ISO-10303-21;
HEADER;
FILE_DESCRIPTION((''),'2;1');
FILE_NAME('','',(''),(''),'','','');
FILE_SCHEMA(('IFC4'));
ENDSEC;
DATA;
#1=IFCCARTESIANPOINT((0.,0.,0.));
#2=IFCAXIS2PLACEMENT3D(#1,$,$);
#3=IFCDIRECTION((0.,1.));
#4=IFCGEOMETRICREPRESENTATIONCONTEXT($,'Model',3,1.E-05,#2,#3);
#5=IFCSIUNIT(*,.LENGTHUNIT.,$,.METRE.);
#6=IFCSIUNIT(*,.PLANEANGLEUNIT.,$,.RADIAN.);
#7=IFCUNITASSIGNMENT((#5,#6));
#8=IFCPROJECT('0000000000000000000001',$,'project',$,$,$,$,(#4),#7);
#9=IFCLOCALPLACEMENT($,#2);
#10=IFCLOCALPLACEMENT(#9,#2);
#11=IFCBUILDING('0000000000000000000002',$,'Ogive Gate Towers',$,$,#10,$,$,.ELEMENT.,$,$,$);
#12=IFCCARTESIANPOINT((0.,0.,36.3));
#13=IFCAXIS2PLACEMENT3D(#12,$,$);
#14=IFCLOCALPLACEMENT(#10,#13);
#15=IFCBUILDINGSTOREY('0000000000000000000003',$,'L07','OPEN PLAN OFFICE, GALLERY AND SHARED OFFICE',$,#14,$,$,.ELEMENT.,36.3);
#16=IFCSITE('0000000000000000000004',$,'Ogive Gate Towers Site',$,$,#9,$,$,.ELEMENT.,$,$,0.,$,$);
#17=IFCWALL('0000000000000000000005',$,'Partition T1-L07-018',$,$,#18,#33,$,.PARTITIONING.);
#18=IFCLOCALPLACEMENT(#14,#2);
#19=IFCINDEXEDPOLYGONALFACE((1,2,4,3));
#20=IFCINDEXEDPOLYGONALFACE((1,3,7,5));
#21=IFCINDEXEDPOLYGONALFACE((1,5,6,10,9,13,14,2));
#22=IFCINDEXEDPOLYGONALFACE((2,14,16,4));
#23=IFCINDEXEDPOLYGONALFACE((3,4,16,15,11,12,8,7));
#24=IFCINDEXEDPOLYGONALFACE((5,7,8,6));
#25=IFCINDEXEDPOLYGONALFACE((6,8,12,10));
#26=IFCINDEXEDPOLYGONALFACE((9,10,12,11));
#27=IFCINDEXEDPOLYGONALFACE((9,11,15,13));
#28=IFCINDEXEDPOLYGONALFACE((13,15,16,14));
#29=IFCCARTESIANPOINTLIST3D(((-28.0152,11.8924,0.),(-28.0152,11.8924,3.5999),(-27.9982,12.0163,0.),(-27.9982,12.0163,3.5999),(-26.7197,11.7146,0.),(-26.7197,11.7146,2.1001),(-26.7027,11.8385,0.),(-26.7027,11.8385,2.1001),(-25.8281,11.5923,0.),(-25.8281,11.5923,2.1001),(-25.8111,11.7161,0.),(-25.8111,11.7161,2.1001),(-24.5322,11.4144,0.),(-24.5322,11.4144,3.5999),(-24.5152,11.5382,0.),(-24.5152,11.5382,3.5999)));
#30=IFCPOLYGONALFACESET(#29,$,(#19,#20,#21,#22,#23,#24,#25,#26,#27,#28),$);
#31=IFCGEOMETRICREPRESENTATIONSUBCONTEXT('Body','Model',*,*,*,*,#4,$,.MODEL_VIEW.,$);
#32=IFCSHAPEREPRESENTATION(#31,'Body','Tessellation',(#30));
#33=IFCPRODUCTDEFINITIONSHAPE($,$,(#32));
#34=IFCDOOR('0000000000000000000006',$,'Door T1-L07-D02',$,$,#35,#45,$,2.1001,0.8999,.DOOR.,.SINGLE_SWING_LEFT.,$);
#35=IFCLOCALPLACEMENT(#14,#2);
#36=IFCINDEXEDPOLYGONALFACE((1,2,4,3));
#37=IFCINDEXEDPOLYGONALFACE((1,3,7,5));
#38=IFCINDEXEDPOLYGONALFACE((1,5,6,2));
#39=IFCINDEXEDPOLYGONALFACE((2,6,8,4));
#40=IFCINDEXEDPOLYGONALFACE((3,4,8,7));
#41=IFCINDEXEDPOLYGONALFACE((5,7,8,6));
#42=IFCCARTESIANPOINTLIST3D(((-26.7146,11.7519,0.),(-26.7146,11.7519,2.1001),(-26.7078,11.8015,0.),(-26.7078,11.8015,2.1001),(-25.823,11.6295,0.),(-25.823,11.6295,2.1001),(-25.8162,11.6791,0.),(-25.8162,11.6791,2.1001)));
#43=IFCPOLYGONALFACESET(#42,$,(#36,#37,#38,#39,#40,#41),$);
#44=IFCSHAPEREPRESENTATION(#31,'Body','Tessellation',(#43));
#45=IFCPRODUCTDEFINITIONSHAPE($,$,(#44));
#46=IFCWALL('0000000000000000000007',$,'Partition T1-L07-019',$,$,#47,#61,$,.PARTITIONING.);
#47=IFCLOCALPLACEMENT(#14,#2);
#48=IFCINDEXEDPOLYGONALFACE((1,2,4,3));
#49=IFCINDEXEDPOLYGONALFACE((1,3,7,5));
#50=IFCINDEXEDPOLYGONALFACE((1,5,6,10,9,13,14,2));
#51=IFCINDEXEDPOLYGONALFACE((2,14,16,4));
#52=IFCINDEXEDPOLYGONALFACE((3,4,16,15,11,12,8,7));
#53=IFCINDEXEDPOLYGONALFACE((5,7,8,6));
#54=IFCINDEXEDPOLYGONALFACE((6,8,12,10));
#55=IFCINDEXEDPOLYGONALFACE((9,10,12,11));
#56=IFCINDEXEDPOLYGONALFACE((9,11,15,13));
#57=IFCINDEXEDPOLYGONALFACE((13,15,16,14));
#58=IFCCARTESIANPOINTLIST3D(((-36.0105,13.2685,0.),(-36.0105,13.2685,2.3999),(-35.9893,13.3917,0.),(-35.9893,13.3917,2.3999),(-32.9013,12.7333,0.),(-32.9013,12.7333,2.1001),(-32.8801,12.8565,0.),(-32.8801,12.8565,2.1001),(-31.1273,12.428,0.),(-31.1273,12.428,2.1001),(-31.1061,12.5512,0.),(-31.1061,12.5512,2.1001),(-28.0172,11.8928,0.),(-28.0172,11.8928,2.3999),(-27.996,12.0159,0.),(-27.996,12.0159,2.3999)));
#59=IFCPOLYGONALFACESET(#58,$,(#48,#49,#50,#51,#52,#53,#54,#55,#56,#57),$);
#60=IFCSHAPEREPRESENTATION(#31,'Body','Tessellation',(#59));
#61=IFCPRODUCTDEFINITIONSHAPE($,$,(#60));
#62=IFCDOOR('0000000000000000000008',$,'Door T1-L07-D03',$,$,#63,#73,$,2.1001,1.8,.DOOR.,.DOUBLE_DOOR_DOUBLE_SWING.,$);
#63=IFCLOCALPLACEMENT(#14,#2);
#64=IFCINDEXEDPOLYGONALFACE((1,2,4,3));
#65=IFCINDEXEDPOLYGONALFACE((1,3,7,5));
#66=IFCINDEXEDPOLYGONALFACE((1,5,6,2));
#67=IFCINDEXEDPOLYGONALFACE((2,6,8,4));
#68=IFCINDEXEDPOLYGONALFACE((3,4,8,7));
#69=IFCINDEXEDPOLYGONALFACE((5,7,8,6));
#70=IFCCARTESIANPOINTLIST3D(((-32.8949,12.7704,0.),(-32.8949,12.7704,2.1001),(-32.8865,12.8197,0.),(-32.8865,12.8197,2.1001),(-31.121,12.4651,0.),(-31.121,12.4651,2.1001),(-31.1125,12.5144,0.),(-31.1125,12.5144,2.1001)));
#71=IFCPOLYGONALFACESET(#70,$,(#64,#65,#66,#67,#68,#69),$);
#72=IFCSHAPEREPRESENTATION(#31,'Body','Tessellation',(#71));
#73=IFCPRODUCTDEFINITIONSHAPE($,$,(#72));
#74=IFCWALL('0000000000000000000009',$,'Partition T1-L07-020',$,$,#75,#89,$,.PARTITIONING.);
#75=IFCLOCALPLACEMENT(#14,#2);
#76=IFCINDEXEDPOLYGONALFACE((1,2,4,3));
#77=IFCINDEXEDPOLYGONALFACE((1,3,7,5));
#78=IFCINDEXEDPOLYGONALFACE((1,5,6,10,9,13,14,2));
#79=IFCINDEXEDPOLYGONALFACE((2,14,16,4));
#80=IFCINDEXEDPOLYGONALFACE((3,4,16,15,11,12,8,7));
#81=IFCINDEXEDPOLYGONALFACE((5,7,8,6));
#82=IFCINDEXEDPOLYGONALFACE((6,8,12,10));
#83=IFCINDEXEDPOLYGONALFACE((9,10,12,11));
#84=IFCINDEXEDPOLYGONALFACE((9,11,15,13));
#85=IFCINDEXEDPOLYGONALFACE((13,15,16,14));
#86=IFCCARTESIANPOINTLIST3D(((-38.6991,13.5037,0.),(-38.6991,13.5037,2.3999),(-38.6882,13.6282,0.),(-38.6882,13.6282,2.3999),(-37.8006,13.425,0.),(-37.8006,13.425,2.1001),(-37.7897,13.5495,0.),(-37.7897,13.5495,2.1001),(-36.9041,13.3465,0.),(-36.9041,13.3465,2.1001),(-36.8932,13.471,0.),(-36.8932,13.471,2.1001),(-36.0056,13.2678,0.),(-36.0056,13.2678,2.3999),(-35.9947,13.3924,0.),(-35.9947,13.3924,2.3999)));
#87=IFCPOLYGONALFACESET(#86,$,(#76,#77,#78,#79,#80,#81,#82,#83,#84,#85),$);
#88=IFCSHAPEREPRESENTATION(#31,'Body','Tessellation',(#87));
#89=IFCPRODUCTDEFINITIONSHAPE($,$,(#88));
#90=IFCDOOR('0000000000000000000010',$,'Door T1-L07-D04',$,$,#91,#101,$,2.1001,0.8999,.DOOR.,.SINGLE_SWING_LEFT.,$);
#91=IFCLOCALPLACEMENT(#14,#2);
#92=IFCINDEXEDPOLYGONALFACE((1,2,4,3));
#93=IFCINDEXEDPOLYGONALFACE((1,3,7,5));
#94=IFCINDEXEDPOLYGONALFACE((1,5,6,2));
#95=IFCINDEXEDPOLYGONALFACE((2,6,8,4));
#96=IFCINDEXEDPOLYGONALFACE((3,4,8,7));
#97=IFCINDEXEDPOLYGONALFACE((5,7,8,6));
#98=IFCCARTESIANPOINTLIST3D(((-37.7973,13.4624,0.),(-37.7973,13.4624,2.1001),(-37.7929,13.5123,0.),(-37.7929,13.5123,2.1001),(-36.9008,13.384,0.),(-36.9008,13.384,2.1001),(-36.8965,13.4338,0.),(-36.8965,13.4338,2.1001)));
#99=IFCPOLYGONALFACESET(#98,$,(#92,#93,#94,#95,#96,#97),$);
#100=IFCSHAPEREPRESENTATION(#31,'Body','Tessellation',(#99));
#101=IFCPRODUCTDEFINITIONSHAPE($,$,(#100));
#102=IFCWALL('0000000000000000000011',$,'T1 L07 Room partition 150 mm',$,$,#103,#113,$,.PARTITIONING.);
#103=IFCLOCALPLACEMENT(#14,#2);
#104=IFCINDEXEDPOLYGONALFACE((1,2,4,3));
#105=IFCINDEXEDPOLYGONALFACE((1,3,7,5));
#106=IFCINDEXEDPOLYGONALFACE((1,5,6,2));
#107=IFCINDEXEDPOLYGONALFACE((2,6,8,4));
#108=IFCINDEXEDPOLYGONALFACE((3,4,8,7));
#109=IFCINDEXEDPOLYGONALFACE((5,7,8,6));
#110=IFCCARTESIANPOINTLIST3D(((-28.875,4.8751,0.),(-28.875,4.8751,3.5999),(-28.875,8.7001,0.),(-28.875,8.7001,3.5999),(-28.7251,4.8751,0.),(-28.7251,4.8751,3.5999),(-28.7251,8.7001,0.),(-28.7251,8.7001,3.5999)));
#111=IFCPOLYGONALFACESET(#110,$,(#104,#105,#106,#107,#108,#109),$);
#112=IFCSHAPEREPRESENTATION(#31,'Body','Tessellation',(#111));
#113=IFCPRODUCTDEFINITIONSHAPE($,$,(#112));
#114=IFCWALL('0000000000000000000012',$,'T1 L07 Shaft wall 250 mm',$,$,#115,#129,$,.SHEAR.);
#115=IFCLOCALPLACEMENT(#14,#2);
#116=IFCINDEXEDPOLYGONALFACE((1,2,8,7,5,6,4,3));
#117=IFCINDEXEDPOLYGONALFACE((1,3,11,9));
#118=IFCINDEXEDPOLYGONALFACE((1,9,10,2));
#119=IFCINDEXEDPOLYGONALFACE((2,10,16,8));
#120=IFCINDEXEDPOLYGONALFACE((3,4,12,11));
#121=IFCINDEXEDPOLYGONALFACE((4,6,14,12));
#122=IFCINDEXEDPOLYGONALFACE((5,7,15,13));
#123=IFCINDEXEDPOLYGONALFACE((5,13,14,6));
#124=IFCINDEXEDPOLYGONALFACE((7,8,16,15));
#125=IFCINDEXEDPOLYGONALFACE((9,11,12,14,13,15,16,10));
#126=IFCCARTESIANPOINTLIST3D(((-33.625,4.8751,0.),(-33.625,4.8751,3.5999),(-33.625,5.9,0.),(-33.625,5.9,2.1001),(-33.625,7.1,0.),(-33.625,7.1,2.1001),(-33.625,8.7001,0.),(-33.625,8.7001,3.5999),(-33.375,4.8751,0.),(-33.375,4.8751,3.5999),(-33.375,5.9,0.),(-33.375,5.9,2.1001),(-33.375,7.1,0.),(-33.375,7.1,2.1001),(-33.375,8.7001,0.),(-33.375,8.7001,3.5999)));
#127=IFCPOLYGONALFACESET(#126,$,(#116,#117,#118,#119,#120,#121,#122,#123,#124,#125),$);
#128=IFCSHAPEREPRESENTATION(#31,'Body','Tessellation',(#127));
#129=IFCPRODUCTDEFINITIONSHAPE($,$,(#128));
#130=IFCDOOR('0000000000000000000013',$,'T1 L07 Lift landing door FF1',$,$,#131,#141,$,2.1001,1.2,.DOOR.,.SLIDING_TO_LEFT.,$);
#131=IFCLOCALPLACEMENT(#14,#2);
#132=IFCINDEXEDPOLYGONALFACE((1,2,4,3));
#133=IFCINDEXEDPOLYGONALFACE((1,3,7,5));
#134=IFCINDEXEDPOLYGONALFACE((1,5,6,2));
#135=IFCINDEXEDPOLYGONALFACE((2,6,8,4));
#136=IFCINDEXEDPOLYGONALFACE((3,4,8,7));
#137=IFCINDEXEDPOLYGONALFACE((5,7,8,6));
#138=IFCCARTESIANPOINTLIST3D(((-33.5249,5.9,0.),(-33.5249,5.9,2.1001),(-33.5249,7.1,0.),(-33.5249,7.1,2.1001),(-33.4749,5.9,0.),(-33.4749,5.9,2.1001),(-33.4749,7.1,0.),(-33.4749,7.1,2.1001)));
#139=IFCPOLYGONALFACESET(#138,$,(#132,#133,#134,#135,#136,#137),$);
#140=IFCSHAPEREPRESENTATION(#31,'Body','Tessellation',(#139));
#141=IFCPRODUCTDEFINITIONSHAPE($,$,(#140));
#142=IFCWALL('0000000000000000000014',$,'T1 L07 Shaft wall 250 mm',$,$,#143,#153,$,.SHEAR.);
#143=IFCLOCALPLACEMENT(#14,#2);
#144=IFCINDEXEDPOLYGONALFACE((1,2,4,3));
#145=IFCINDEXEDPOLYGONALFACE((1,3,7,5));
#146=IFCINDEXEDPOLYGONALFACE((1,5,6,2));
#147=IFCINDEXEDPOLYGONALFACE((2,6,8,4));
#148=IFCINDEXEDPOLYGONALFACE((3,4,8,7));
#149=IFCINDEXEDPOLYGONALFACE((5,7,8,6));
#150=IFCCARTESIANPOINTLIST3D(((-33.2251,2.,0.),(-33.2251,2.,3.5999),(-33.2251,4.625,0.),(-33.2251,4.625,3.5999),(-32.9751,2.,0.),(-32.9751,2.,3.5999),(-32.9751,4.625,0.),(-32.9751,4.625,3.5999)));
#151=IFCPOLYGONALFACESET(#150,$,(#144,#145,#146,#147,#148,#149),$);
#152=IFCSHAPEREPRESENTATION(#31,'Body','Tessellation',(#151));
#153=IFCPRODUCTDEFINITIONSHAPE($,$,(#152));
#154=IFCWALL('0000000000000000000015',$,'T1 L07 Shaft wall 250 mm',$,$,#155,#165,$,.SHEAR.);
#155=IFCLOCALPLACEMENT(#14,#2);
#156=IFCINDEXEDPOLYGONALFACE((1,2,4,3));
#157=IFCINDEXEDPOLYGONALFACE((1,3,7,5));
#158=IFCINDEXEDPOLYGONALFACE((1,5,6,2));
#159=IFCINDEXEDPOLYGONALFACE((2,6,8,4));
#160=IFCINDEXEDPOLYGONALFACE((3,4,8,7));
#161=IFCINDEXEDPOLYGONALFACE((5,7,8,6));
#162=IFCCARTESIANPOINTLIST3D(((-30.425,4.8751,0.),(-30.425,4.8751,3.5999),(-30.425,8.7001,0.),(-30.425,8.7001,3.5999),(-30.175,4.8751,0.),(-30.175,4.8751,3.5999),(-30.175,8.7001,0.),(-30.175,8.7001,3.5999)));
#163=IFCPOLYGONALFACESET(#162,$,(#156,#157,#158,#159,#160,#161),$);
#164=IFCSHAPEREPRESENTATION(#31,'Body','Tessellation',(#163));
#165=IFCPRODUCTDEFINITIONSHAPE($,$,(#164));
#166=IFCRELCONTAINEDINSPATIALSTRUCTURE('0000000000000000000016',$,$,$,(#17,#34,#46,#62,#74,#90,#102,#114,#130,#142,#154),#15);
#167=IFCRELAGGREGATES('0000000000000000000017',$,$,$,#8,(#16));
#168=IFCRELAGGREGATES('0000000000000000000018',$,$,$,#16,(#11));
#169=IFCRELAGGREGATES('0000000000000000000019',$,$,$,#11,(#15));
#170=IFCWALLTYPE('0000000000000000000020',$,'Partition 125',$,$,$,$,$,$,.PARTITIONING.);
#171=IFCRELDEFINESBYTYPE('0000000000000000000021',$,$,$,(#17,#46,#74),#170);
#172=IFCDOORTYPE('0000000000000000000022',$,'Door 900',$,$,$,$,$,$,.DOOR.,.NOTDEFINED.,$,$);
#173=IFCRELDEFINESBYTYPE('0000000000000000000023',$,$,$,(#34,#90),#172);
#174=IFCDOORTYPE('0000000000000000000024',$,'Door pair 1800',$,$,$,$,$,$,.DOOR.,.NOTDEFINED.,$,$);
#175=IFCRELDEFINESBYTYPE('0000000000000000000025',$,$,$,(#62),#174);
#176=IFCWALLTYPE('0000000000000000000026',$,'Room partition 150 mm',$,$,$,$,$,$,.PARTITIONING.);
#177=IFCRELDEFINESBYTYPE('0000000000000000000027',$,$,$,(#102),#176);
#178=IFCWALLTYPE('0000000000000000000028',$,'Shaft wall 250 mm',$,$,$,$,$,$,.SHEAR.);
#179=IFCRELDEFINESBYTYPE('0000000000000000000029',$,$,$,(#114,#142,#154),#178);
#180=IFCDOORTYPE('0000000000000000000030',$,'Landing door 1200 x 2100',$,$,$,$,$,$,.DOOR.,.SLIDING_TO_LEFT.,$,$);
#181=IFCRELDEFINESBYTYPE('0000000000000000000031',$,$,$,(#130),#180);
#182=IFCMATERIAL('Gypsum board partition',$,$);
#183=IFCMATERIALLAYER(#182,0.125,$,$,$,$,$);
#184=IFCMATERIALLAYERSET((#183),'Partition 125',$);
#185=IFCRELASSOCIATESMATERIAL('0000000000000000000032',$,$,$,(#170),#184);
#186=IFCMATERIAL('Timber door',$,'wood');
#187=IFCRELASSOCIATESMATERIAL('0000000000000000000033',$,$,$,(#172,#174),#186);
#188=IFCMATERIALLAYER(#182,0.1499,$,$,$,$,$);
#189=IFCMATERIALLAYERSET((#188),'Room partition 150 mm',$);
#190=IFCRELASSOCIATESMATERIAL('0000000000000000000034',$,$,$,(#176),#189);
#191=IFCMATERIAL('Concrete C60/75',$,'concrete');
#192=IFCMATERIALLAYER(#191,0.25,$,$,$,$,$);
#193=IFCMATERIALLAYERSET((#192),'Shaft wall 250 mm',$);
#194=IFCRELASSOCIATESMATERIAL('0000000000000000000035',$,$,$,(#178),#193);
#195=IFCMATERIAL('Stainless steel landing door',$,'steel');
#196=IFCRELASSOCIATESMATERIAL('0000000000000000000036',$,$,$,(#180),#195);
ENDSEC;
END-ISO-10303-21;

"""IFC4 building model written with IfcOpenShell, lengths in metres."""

from ifc_helpers import new_model, si_unit, direction, frame, frame_2d, origin, place, context, subcontext, project, spatial, rectangle, extrude, material, layer, layer_set, type_object, element, fill, save


model = new_model("IFC4")

# Units and contexts
model_context = context("Model", 3, precision=1e-05, world=origin(), true_north=direction((0.0, 1.0)))
body_context = subcontext(model_context, "Body", "Model", "MODEL_VIEW")
ifc_project = project(units=[si_unit("LENGTHUNIT", "METRE"), si_unit("PLANEANGLEUNIT", "RADIAN")], contexts=[model_context])

# Site, building, storey
site_placement = place(None, origin())
site = spatial("IfcSite", under=ifc_project, at=site_placement, Name="Ogive Gate Towers Site", CompositionType="ELEMENT", RefElevation=0.0)
building_placement = place(site_placement, origin())
building = spatial("IfcBuilding", under=site, at=building_placement, Name="Ogive Gate Towers", CompositionType="ELEMENT")
storey_placement = place(building_placement, frame((0.0, 0.0, 36.3)))
storey = spatial("IfcBuildingStorey", under=building, at=storey_placement, Name="L07", Description="OPEN PLAN OFFICE, GALLERY AND SHARED OFFICE", CompositionType="ELEMENT", Elevation=36.3)

# Shared definitions
ifc_material_1 = material(Name="Gypsum board partition")
ifc_layer_1 = layer(ifc_material_1, 0.125)
ifc_layer_set_1 = layer_set([ifc_layer_1], Name="Partition 125")
wall_type_1 = type_object("IfcWallType", Name="Partition 125", PredefinedType="PARTITIONING", material=ifc_layer_set_1)

# Walls, openings, doors
ifc_material_2 = material(Name="Timber door", Category="wood")
door_type_1 = type_object("IfcDoorType", Name="Door 900", OperationType="NOTDEFINED", PredefinedType="DOOR", material=ifc_material_2)
wall_1_placement = place(storey_placement, frame((-24.5237, 11.4763, 0.0), z_axis=(0.0, 0.0, 1.0), x_axis=(-0.990712, 0.135975, 0.0)))
wall_1 = element("IfcWall", 1, at=wall_1_placement, inside=storey, type_object=wall_type_1, Name="Partition T1-L07-018", PredefinedType="PARTITIONING", context=body_context, shape_type="SweptSolid", body=[
    extrude(rectangle(XDim=3.5156, YDim=0.125, at=frame_2d((1.7578, 0.0))), origin(), (0.0, 0.0, 1.0), 3.5999),
])
opening_1_placement = place(wall_1_placement, frame((1.3081, 0.0, 0.0)))
opening_1 = element("IfcOpeningElement", 2, at=opening_1_placement, cuts=wall_1, PredefinedType="OPENING", context=body_context, shape_type="SweptSolid", body=[
    extrude(rectangle(XDim=0.8999, YDim=2.1001, at=frame_2d((0.45, 1.05))), frame((0.0, 0.0725, 0.0), z_axis=(0.0, -1.0, 0.0), x_axis=(1.0, 0.0, 0.0)), (0.0, 0.0, 1.0), 0.145),
])
door_1_placement = place(opening_1_placement, origin())
door_1 = element("IfcDoor", 3, at=door_1_placement, inside=storey, type_object=door_type_1, Name="Door T1-L07-D02", OperationType="SINGLE_SWING_LEFT", OverallHeight=2.1001, OverallWidth=0.8999, PredefinedType="DOOR", context=body_context, shape_type="SweptSolid", body=[
    extrude(rectangle(XDim=0.8999, YDim=2.1001, at=frame_2d((0.45, 1.05))), frame((0.0, 0.0249, 0.0), z_axis=(0.0, -1.0, 0.0), x_axis=(1.0, 0.0, 0.0)), (0.0, 0.0, 1.0), 0.05),
])
fill(opening_1, door_1)
wall_2_placement = place(storey_placement, frame((-28.0066, 11.9543, 0.0), z_axis=(0.0, 0.0, 1.0), x_axis=(-0.98551, 0.169615, 0.0)))
wall_2 = element("IfcWall", 4, at=wall_2_placement, inside=storey, type_object=wall_type_1, Name="Partition T1-L07-019", PredefinedType="PARTITIONING", context=body_context, shape_type="SweptSolid", body=[
    extrude(rectangle(XDim=8.1108, YDim=0.125, at=frame_2d((4.0554, 0.0))), origin(), (0.0, 0.0, 1.0), 2.3999),
])
opening_2_placement = place(wall_2_placement, frame((3.156, 0.0, 0.0)))
opening_2 = element("IfcOpeningElement", 5, at=opening_2_placement, cuts=wall_2, PredefinedType="OPENING", context=body_context, shape_type="SweptSolid", body=[
    extrude(rectangle(XDim=1.8, YDim=2.1001, at=frame_2d((0.8999, 1.05))), frame((0.0, 0.0725, 0.0), z_axis=(0.0, -1.0, 0.0), x_axis=(1.0, 0.0, 0.0)), (0.0, 0.0, 1.0), 0.145),
])
door_type_2 = type_object("IfcDoorType", Name="Door pair 1800", OperationType="NOTDEFINED", PredefinedType="DOOR", material=ifc_material_2)
door_2_placement = place(opening_2_placement, origin())
door_2 = element("IfcDoor", 6, at=door_2_placement, inside=storey, type_object=door_type_2, Name="Door T1-L07-D03", OperationType="DOUBLE_DOOR_DOUBLE_SWING", OverallHeight=2.1001, OverallWidth=1.8, PredefinedType="DOOR", context=body_context, shape_type="SweptSolid", body=[
    extrude(rectangle(XDim=1.8, YDim=2.1001, at=frame_2d((0.8999, 1.05))), frame((0.0, 0.0249, 0.0), z_axis=(0.0, -1.0, 0.0), x_axis=(1.0, 0.0, 0.0)), (0.0, 0.0, 1.0), 0.05),
])
fill(opening_2, door_2)
wall_3_placement = place(storey_placement, frame((-36.0, 13.3301, 0.0), z_axis=(0.0, 0.0, 1.0), x_axis=(-0.996189, 0.087222, 0.0)))
wall_3 = element("IfcWall", 7, at=wall_3_placement, inside=storey, type_object=wall_type_1, Name="Partition T1-L07-020", PredefinedType="PARTITIONING", context=body_context, shape_type="SweptSolid", body=[
    extrude(rectangle(XDim=2.7039, YDim=0.125, at=frame_2d((1.3521, 0.0))), origin(), (0.0, 0.0, 1.0), 2.3999),
])
opening_3_placement = place(wall_3_placement, frame((0.9021, 0.0, 0.0)))
opening_3 = element("IfcOpeningElement", 8, at=opening_3_placement, cuts=wall_3, PredefinedType="OPENING", context=body_context, shape_type="SweptSolid", body=[
    extrude(rectangle(XDim=0.8999, YDim=2.1001, at=frame_2d((0.45, 1.05))), frame((0.0, 0.0725, 0.0), z_axis=(0.0, -1.0, 0.0), x_axis=(1.0, 0.0, 0.0)), (0.0, 0.0, 1.0), 0.145),
])
door_3_placement = place(opening_3_placement, origin())
door_3 = element("IfcDoor", 9, at=door_3_placement, inside=storey, type_object=door_type_1, Name="Door T1-L07-D04", OperationType="SINGLE_SWING_LEFT", OverallHeight=2.1001, OverallWidth=0.8999, PredefinedType="DOOR", context=body_context, shape_type="SweptSolid", body=[
    extrude(rectangle(XDim=0.8999, YDim=2.1001, at=frame_2d((0.45, 1.05))), frame((0.0, 0.0249, 0.0), z_axis=(0.0, -1.0, 0.0), x_axis=(1.0, 0.0, 0.0)), (0.0, 0.0, 1.0), 0.05),
])
fill(opening_3, door_3)

# Wall
ifc_layer_2 = layer(ifc_material_1, 0.1499)
ifc_layer_set_2 = layer_set([ifc_layer_2], Name="Room partition 150 mm")
wall_type_2 = type_object("IfcWallType", Name="Room partition 150 mm", PredefinedType="PARTITIONING", material=ifc_layer_set_2)
wall_4_placement = place(storey_placement, frame((-28.8, 4.875, 0.0), z_axis=(0.0, 0.0, 1.0), x_axis=(0.0, 1.0, 0.0)))
element("IfcWall", 10, at=wall_4_placement, inside=storey, type_object=wall_type_2, Name="T1 L07 Room partition 150 mm", PredefinedType="PARTITIONING", context=body_context, shape_type="SweptSolid", body=[
    extrude(rectangle(XDim=3.825, YDim=0.1499, at=frame_2d((1.9126, 0.0))), origin(), (0.0, 0.0, 1.0), 3.5999),
])

# Wall, opening, door
ifc_material_3 = material(Name="Concrete C60/75", Category="concrete")
ifc_layer_3 = layer(ifc_material_3, 0.25)
ifc_layer_set_3 = layer_set([ifc_layer_3], Name="Shaft wall 250 mm")
wall_type_3 = type_object("IfcWallType", Name="Shaft wall 250 mm", PredefinedType="SHEAR", material=ifc_layer_set_3)
wall_5_placement = place(storey_placement, frame((-33.5, 4.875, 0.0), z_axis=(0.0, 0.0, 1.0), x_axis=(0.0, 1.0, 0.0)))
wall_5 = element("IfcWall", 11, at=wall_5_placement, inside=storey, type_object=wall_type_3, Name="T1 L07 Shaft wall 250 mm", PredefinedType="SHEAR", context=body_context, shape_type="SweptSolid", body=[
    extrude(rectangle(XDim=3.825, YDim=0.25, at=frame_2d((1.9126, 0.0))), origin(), (0.0, 0.0, 1.0), 3.5999),
])
opening_4_placement = place(wall_5_placement, frame((1.0249, 0.0, 0.0)))
opening_4 = element("IfcOpeningElement", 12, at=opening_4_placement, cuts=wall_5, PredefinedType="OPENING", context=body_context, shape_type="SweptSolid", body=[
    extrude(rectangle(XDim=1.2, YDim=2.1001, at=frame_2d((0.6001, 1.05))), frame((0.0, 0.135, 0.0), z_axis=(0.0, -1.0, 0.0), x_axis=(1.0, 0.0, 0.0)), (0.0, 0.0, 1.0), 0.27),
])
ifc_material_4 = material(Name="Stainless steel landing door", Category="steel")
door_type_3 = type_object("IfcDoorType", Name="Landing door 1200 x 2100", OperationType="SLIDING_TO_LEFT", PredefinedType="DOOR", material=ifc_material_4)
door_4_placement = place(opening_4_placement, origin())
door_4 = element("IfcDoor", 13, at=door_4_placement, inside=storey, type_object=door_type_3, Name="T1 L07 Lift landing door FF1", OperationType="SLIDING_TO_LEFT", OverallHeight=2.1001, OverallWidth=1.2, PredefinedType="DOOR", context=body_context, shape_type="SweptSolid", body=[
    extrude(rectangle(XDim=1.2, YDim=2.1001, at=frame_2d((0.6001, 1.05))), frame((0.0, 0.0249, 0.0), z_axis=(0.0, -1.0, 0.0), x_axis=(1.0, 0.0, 0.0)), (0.0, 0.0, 1.0), 0.05),
])
fill(opening_4, door_4)

# Walls
wall_6_placement = place(storey_placement, frame((-33.1001, 2.0, 0.0), z_axis=(0.0, 0.0, 1.0), x_axis=(0.0, 1.0, 0.0)))
element("IfcWall", 14, at=wall_6_placement, inside=storey, type_object=wall_type_3, Name="T1 L07 Shaft wall 250 mm", PredefinedType="SHEAR", context=body_context, shape_type="SweptSolid", body=[
    extrude(rectangle(XDim=2.625, YDim=0.25, at=frame_2d((1.3125, 0.0))), origin(), (0.0, 0.0, 1.0), 3.5999),
])
wall_7_placement = place(storey_placement, frame((-30.3, 4.875, 0.0), z_axis=(0.0, 0.0, 1.0), x_axis=(0.0, 1.0, 0.0)))
element("IfcWall", 15, at=wall_7_placement, inside=storey, type_object=wall_type_3, Name="T1 L07 Shaft wall 250 mm", PredefinedType="SHEAR", context=body_context, shape_type="SweptSolid", body=[
    extrude(rectangle(XDim=3.825, YDim=0.25, at=frame_2d((1.9126, 0.0))), origin(), (0.0, 0.0, 1.0), 3.5999),
])

save(model, "model.ifc")
